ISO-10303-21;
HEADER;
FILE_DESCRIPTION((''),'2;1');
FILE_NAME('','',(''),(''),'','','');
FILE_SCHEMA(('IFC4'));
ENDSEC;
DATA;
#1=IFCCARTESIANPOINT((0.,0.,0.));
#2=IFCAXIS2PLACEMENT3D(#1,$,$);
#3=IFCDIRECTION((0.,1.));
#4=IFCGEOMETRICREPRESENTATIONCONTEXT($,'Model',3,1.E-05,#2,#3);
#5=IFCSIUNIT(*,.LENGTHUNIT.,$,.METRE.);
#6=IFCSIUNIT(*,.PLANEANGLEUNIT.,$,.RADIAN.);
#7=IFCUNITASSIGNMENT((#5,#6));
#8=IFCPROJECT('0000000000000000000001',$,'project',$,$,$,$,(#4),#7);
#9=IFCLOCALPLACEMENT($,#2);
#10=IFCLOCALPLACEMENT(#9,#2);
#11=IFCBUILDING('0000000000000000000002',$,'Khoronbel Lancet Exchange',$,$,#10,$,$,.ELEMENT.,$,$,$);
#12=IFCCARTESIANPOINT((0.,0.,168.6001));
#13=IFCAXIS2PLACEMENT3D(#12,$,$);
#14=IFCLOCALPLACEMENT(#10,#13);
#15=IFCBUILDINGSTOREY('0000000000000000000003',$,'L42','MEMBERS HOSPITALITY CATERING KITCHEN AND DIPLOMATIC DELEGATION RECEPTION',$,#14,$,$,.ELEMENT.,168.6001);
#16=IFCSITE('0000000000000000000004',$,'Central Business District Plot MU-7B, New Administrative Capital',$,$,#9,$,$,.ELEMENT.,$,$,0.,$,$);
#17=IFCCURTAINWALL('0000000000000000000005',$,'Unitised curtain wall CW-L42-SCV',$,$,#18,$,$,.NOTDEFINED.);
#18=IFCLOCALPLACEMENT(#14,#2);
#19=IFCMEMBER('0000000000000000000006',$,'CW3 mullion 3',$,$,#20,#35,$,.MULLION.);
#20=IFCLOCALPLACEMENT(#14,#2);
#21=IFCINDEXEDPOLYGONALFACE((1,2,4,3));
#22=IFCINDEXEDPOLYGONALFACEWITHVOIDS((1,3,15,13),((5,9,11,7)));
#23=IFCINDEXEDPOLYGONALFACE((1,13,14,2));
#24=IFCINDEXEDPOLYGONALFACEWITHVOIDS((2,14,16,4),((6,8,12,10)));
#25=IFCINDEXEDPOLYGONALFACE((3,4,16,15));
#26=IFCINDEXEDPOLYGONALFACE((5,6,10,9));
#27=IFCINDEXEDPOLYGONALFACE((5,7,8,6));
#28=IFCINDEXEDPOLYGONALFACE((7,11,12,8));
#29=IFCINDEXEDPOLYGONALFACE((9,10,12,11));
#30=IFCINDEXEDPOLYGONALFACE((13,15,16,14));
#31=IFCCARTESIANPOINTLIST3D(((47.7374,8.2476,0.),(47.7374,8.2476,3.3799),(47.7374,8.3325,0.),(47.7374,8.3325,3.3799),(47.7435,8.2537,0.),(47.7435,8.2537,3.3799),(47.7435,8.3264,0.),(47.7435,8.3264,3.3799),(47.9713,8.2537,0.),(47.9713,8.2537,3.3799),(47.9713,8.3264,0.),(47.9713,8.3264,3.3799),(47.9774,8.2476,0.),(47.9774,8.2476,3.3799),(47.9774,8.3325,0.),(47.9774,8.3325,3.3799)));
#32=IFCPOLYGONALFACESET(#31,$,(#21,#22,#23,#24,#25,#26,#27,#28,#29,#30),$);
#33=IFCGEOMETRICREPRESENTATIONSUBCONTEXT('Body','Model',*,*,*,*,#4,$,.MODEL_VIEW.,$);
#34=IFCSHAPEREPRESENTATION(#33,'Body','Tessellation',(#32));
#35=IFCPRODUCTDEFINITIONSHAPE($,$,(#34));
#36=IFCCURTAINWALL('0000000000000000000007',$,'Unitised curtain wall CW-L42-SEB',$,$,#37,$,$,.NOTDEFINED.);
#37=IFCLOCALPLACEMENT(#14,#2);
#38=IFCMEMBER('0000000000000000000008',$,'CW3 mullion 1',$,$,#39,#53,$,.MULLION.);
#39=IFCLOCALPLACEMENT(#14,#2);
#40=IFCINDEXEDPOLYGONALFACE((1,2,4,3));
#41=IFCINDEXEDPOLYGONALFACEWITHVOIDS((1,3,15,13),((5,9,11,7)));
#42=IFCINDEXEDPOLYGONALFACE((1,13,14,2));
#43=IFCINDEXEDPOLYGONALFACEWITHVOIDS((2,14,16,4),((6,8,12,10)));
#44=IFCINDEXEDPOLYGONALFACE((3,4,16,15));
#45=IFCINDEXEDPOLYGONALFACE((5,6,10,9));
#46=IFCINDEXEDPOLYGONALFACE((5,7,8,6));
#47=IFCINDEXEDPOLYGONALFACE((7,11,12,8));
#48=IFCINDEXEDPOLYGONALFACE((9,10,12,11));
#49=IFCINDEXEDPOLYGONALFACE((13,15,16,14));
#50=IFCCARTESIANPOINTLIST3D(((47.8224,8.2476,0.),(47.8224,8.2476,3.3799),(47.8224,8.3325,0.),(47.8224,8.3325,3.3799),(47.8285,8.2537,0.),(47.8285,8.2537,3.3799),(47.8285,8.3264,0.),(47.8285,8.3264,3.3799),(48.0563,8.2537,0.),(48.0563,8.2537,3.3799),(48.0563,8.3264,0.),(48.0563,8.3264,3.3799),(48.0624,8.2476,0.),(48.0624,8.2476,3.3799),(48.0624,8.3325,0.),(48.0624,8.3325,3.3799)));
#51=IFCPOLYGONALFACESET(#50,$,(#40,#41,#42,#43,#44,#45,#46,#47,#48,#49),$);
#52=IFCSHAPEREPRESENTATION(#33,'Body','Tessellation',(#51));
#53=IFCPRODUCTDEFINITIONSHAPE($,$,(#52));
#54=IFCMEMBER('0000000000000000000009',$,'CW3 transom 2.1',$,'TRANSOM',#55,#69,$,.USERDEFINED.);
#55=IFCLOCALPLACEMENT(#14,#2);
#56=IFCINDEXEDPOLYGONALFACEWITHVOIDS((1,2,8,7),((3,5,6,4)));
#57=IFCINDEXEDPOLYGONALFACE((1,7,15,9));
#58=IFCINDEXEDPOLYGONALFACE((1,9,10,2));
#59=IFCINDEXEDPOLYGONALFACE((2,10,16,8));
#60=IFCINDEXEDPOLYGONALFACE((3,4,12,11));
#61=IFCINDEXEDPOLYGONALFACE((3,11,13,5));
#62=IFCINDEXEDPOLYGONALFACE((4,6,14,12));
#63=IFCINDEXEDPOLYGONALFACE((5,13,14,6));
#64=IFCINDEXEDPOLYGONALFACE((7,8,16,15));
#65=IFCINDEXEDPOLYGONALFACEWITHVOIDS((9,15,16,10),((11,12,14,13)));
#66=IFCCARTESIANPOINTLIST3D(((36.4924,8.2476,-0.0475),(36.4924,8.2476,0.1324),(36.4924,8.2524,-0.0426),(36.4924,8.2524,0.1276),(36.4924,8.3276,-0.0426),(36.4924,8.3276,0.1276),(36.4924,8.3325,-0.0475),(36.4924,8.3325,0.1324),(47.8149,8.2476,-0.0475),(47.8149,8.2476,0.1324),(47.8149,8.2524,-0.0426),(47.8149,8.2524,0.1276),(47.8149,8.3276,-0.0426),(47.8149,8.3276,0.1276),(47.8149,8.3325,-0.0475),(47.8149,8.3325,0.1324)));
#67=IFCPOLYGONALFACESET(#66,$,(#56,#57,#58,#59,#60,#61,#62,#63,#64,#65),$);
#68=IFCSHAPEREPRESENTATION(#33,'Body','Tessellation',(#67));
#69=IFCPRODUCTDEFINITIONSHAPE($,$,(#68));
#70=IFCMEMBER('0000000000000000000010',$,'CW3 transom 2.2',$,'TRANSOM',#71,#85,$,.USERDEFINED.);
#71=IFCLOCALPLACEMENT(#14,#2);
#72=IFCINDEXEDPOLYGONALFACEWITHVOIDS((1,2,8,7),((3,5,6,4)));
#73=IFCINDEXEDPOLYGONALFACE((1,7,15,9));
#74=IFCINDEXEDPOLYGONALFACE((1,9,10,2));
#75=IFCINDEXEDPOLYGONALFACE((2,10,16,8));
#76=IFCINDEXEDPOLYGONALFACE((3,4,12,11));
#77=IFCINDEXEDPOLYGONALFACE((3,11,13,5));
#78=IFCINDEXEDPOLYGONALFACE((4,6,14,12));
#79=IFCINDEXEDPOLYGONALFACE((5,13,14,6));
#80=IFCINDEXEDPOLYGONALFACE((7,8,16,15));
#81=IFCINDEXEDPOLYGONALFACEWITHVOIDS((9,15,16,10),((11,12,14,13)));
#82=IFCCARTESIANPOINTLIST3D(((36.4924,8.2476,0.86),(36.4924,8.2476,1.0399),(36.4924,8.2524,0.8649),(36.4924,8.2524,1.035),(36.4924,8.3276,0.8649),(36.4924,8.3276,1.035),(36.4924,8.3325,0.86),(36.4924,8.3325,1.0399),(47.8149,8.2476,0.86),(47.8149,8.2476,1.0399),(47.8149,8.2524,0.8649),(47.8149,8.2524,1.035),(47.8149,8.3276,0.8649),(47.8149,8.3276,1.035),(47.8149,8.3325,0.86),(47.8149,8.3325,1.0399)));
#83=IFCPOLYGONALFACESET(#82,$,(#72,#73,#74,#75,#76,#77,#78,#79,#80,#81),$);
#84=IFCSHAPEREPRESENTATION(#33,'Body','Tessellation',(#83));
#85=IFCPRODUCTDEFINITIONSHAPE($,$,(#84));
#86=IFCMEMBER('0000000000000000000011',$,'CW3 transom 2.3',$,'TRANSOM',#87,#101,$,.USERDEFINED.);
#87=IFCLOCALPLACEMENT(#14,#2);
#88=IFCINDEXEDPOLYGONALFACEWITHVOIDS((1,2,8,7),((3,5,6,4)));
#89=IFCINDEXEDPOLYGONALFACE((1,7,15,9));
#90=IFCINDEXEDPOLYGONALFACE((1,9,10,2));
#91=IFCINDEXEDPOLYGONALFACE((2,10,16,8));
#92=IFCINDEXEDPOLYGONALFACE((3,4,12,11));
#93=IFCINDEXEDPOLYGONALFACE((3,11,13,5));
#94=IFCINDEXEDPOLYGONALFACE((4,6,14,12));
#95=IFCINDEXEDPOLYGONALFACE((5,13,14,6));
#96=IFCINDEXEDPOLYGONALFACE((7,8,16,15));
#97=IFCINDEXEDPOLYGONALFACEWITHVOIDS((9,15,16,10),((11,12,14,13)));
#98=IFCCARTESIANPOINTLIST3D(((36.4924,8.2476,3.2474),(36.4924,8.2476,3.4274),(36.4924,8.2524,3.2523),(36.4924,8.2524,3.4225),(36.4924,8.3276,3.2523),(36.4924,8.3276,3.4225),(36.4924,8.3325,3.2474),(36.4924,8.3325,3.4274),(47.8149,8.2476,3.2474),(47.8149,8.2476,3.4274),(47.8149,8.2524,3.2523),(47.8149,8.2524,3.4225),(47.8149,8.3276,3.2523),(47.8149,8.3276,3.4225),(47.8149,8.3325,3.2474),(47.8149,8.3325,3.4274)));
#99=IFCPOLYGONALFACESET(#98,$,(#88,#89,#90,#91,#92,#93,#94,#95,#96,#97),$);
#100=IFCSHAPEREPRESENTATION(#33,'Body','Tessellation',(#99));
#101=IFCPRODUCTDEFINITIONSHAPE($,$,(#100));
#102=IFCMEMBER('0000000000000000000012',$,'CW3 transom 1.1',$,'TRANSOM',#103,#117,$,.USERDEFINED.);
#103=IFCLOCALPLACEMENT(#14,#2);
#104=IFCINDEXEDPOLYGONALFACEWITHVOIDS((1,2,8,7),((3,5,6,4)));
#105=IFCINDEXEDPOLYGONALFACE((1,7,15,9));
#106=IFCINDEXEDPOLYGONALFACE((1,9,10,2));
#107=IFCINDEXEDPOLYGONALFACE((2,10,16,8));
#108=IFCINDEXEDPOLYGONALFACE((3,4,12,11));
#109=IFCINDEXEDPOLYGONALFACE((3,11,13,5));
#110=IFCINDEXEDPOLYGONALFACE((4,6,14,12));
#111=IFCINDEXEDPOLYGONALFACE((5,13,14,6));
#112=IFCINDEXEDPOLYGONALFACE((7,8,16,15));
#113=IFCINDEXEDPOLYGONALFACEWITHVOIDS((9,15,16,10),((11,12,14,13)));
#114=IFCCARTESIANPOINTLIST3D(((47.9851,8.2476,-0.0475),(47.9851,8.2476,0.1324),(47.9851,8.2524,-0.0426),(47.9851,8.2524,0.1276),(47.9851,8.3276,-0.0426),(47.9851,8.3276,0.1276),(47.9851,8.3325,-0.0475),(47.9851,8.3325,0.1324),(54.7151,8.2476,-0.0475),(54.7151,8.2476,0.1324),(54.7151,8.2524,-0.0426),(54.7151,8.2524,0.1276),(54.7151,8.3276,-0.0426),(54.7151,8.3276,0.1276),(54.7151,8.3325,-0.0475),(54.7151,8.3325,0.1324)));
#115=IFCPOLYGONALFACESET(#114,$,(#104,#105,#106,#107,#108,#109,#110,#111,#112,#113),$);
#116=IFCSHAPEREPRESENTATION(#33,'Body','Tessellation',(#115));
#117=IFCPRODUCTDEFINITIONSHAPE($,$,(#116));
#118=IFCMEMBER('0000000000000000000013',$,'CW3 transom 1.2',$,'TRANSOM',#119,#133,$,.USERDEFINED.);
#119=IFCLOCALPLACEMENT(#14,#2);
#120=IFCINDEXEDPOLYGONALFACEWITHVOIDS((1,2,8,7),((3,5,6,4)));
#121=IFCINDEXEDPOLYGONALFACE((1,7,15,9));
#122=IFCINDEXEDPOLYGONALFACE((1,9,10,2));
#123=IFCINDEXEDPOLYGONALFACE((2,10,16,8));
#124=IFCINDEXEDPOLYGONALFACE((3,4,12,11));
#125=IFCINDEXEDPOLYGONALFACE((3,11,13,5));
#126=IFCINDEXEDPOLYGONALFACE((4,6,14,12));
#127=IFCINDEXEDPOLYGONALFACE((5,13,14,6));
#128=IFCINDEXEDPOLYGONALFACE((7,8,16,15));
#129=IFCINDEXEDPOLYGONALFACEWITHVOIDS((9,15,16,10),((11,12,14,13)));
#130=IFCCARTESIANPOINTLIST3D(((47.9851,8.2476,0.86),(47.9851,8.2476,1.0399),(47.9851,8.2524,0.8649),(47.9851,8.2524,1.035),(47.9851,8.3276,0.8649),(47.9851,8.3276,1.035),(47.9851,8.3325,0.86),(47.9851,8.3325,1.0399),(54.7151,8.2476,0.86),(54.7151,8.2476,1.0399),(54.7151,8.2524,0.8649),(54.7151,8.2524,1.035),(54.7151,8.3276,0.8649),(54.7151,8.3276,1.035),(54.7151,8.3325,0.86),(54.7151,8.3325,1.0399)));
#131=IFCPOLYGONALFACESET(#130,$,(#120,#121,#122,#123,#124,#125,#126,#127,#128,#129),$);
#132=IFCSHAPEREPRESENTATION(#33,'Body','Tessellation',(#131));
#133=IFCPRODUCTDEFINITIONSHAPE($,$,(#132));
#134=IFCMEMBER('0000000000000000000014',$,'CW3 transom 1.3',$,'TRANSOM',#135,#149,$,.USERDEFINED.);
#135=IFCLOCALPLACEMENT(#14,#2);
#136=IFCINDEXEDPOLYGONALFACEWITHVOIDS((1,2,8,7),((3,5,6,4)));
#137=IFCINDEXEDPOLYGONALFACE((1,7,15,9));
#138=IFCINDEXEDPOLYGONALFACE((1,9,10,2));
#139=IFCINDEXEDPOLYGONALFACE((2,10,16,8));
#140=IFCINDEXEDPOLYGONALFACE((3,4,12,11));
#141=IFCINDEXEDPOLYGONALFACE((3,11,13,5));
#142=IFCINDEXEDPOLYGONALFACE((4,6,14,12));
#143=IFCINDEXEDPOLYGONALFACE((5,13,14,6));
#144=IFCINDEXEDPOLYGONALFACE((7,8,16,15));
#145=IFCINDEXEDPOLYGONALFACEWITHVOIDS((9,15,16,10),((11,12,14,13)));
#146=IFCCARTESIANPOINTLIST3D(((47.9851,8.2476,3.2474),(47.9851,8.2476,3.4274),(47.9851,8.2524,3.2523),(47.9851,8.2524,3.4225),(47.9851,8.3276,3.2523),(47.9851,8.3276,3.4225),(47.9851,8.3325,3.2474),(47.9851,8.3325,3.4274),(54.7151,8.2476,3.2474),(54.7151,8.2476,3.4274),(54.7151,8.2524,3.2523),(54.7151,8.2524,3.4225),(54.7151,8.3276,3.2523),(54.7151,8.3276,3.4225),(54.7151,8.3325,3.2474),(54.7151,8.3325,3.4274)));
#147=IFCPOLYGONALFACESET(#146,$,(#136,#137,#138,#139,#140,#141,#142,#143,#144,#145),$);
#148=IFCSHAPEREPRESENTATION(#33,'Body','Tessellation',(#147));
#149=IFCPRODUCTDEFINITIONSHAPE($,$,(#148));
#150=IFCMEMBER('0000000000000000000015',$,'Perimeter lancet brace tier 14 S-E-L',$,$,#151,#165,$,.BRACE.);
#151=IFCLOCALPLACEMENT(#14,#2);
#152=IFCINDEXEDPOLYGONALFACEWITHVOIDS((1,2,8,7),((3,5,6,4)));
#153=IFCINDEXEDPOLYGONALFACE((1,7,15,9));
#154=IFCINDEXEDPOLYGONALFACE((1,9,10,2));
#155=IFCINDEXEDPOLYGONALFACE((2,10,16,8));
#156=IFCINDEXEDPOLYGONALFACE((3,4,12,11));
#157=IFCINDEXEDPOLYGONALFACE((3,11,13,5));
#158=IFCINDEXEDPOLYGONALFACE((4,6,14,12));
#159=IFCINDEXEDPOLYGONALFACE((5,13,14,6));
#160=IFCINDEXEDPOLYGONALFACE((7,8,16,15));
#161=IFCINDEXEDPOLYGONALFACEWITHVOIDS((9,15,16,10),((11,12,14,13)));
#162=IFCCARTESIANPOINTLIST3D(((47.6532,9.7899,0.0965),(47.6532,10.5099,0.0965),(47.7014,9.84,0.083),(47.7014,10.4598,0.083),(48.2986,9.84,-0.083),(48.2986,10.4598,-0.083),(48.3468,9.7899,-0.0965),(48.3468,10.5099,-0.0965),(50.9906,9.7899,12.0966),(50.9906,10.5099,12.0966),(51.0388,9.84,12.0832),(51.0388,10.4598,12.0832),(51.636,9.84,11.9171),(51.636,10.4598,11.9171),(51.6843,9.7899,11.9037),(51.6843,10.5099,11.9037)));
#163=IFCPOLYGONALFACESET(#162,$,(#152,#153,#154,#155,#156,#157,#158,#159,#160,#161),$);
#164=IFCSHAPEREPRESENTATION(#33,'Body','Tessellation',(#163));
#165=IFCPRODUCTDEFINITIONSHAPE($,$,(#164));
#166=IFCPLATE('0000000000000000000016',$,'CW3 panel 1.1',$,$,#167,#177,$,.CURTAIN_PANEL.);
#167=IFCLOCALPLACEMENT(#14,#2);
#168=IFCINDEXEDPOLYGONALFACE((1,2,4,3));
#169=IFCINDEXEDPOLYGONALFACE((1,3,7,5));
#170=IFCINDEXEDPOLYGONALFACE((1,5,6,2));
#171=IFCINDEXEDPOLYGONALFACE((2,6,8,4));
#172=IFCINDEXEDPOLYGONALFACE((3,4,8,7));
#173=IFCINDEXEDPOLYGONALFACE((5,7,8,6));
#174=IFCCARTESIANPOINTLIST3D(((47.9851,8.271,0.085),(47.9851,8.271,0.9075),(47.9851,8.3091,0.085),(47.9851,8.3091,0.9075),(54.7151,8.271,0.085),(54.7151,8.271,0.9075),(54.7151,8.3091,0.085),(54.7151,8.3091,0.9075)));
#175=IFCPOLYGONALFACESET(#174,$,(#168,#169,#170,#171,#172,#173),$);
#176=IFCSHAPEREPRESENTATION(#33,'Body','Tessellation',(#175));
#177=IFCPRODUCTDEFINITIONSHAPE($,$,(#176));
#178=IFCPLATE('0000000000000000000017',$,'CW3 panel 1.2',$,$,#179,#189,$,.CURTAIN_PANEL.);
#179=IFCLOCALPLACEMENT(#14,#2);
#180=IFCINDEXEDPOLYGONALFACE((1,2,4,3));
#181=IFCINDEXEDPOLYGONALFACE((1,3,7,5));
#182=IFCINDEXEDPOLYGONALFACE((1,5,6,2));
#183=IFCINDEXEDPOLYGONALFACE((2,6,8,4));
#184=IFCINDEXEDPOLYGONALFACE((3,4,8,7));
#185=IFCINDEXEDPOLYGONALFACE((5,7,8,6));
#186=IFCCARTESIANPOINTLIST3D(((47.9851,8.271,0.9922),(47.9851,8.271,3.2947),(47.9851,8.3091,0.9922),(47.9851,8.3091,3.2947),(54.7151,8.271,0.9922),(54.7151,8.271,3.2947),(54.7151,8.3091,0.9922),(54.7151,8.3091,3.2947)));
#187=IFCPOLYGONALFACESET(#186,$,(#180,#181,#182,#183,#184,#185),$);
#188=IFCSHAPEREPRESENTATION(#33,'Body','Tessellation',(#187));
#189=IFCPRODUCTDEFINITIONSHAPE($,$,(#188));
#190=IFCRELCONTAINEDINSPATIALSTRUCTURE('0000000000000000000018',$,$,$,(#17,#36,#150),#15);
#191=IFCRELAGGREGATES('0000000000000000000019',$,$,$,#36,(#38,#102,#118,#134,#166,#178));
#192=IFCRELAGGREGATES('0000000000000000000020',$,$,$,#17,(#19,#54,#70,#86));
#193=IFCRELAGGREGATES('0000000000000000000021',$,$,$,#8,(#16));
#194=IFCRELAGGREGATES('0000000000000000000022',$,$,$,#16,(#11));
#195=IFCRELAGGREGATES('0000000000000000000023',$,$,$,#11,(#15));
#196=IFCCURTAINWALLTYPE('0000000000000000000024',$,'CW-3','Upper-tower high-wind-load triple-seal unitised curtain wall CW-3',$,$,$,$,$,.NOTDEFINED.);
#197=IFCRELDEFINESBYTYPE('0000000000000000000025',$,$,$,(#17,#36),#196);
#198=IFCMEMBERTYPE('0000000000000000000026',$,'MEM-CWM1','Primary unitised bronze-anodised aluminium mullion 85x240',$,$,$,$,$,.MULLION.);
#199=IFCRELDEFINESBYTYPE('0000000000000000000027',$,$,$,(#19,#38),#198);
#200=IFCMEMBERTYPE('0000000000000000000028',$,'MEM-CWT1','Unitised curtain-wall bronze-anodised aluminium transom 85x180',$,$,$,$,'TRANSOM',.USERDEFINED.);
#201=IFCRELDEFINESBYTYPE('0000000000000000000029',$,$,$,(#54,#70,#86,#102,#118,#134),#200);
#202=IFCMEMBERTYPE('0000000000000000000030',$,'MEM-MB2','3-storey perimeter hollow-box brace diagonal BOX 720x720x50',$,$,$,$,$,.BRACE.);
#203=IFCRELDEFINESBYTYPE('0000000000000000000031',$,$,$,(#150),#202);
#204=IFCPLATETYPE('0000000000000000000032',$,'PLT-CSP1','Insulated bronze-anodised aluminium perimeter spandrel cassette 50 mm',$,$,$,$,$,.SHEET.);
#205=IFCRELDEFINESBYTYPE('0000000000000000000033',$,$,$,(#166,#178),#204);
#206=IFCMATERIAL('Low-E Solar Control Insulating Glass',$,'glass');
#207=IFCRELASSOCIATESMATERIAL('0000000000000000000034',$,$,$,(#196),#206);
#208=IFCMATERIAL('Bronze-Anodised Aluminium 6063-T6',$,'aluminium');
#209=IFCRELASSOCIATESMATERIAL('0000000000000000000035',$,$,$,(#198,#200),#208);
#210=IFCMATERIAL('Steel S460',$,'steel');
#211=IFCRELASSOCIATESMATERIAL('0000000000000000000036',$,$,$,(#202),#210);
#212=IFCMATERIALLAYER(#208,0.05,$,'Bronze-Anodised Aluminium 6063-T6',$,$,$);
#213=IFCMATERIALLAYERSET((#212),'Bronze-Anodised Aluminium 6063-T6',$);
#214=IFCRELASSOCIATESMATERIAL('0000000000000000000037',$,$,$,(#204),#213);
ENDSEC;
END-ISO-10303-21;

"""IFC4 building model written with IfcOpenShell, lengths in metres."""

from ifc_helpers import new_model, si_unit, direction, frame, origin, origin_2d, place, context, subcontext, project, spatial, rectangle, hollow_rectangle, extrude, material, layer, layer_set, material_profile, profile_set, type_object, element, aggregate, save


model = new_model("IFC4")

# Units and contexts
model_context = context("Model", 3, precision=1e-05, world=origin(), true_north=direction((0.0, 1.0)))
body_context = subcontext(model_context, "Body", "Model", "MODEL_VIEW")
ifc_project = project(units=[si_unit("LENGTHUNIT", "METRE"), si_unit("PLANEANGLEUNIT", "RADIAN")], contexts=[model_context])

# Site, building, storey
site_placement = place(None, origin())
site = spatial("IfcSite", under=ifc_project, at=site_placement, Name="Central Business District Plot MU-7B, New Administrative Capital", CompositionType="ELEMENT", RefElevation=0.0)
building_placement = place(site_placement, origin())
building = spatial("IfcBuilding", under=site, at=building_placement, Name="Khoronbel Lancet Exchange", CompositionType="ELEMENT")
storey_placement = place(building_placement, frame((0.0, 0.0, 168.6001)))
storey = spatial("IfcBuildingStorey", under=building, at=storey_placement, Name="L42", Description="MEMBERS HOSPITALITY CATERING KITCHEN AND DIPLOMATIC DELEGATION RECEPTION", CompositionType="ELEMENT", Elevation=168.6001)

# Shared definitions
ifc_material_1 = material(Name="Steel S460", Category="steel")

# Curtain wall, member
ifc_material_2 = material(Name="Low-E Solar Control Insulating Glass", Category="glass")
curtain_wall_type = type_object("IfcCurtainWallType", Name="CW-3", Description="Upper-tower high-wind-load triple-seal unitised curtain wall CW-3", PredefinedType="NOTDEFINED", material=ifc_material_2)
curtain_wall_1_placement = place(storey_placement, origin())
curtain_wall_1 = element("IfcCurtainWall", 1, at=curtain_wall_1_placement, inside=storey, type_object=curtain_wall_type, Name="Unitised curtain wall CW-L42-SCV", PredefinedType="NOTDEFINED")
ifc_material_3 = material(Name="Bronze-Anodised Aluminium 6063-T6", Category="aluminium")
ifc_material_profile_1 = material_profile(ifc_material_3, hollow_rectangle(XDim=0.085, YDim=0.24, WallThickness=0.0061, at=origin_2d()), Name="ALU MULLION 85x240")
ifc_profile_set_1 = profile_set([ifc_material_profile_1], Name="Bronze-Anodised Aluminium 6063-T6")
member_type_1 = type_object("IfcMemberType", Name="MEM-CWM1", Description="Primary unitised bronze-anodised aluminium mullion 85x240", PredefinedType="MULLION", material=ifc_profile_set_1)
member_1_placement = place(storey_placement, frame((47.8574, 8.29, 0.0), z_axis=(0.0, 0.0, 1.0), x_axis=(0.0, 1.0, 0.0)))
member_1 = element("IfcMember", 2, at=member_1_placement, type_object=member_type_1, Name="CW3 mullion 3", PredefinedType="MULLION", context=body_context, shape_type="SweptSolid", body=[
    extrude(hollow_rectangle(XDim=0.085, YDim=0.24, WallThickness=0.0061, at=origin_2d()), origin(), (0.0, 0.0, 1.0), 3.3799),
])

# Curtain wall, member
curtain_wall_2_placement = place(storey_placement, origin())
curtain_wall_2 = element("IfcCurtainWall", 3, at=curtain_wall_2_placement, inside=storey, type_object=curtain_wall_type, Name="Unitised curtain wall CW-L42-SEB", PredefinedType="NOTDEFINED")
member_2_placement = place(storey_placement, frame((47.9424, 8.29, 0.0), z_axis=(0.0, 0.0, 1.0), x_axis=(0.0, 1.0, 0.0)))
member_2 = element("IfcMember", 4, at=member_2_placement, type_object=member_type_1, Name="CW3 mullion 1", PredefinedType="MULLION", context=body_context, shape_type="SweptSolid", body=[
    extrude(hollow_rectangle(XDim=0.085, YDim=0.24, WallThickness=0.0061, at=origin_2d()), origin(), (0.0, 0.0, 1.0), 3.3799),
])

# Members
ifc_material_profile_2 = material_profile(ifc_material_3, hollow_rectangle(XDim=0.085, YDim=0.1799, WallThickness=0.0049, at=origin_2d()), Name="ALU TRANSOM 85x180")
ifc_profile_set_2 = profile_set([ifc_material_profile_2], Name="Bronze-Anodised Aluminium 6063-T6")
member_type_2 = type_object("IfcMemberType", Name="MEM-CWT1", Description="Unitised curtain-wall bronze-anodised aluminium transom 85x180", ElementType="TRANSOM", PredefinedType="USERDEFINED", material=ifc_profile_set_2)
member_3_placement = place(storey_placement, frame((36.4924, 8.29, 0.0425), z_axis=(1.0, 0.0, 0.0), x_axis=(0.0, 1.0, 0.0)))
member_3 = element("IfcMember", 5, at=member_3_placement, type_object=member_type_2, Name="CW3 transom 2.1", ObjectType="TRANSOM", PredefinedType="USERDEFINED", context=body_context, shape_type="SweptSolid", body=[
    extrude(hollow_rectangle(XDim=0.085, YDim=0.1799, WallThickness=0.0049, at=origin_2d()), origin(), (0.0, 0.0, 1.0), 11.3225),
])
member_4_placement = place(storey_placement, frame((36.4924, 8.29, 0.95), z_axis=(1.0, 0.0, 0.0), x_axis=(0.0, 1.0, 0.0)))
member_4 = element("IfcMember", 6, at=member_4_placement, type_object=member_type_2, Name="CW3 transom 2.2", ObjectType="TRANSOM", PredefinedType="USERDEFINED", context=body_context, shape_type="SweptSolid", body=[
    extrude(hollow_rectangle(XDim=0.085, YDim=0.1799, WallThickness=0.0049, at=origin_2d()), origin(), (0.0, 0.0, 1.0), 11.3225),
])
member_5_placement = place(storey_placement, frame((36.4924, 8.29, 3.3374), z_axis=(1.0, 0.0, 0.0), x_axis=(0.0, 1.0, 0.0)))
member_5 = element("IfcMember", 7, at=member_5_placement, type_object=member_type_2, Name="CW3 transom 2.3", ObjectType="TRANSOM", PredefinedType="USERDEFINED", context=body_context, shape_type="SweptSolid", body=[
    extrude(hollow_rectangle(XDim=0.085, YDim=0.1799, WallThickness=0.0049, at=origin_2d()), origin(), (0.0, 0.0, 1.0), 11.3225),
])
member_6_placement = place(storey_placement, frame((47.9851, 8.29, 0.0425), z_axis=(1.0, 0.0, 0.0), x_axis=(0.0, 1.0, 0.0)))
member_6 = element("IfcMember", 8, at=member_6_placement, type_object=member_type_2, Name="CW3 transom 1.1", ObjectType="TRANSOM", PredefinedType="USERDEFINED", context=body_context, shape_type="SweptSolid", body=[
    extrude(hollow_rectangle(XDim=0.085, YDim=0.1799, WallThickness=0.0049, at=origin_2d()), origin(), (0.0, 0.0, 1.0), 6.73),
])
member_7_placement = place(storey_placement, frame((47.9851, 8.29, 0.95), z_axis=(1.0, 0.0, 0.0), x_axis=(0.0, 1.0, 0.0)))
member_7 = element("IfcMember", 9, at=member_7_placement, type_object=member_type_2, Name="CW3 transom 1.2", ObjectType="TRANSOM", PredefinedType="USERDEFINED", context=body_context, shape_type="SweptSolid", body=[
    extrude(hollow_rectangle(XDim=0.085, YDim=0.1799, WallThickness=0.0049, at=origin_2d()), origin(), (0.0, 0.0, 1.0), 6.73),
])
member_8_placement = place(storey_placement, frame((47.9851, 8.29, 3.3374), z_axis=(1.0, 0.0, 0.0), x_axis=(0.0, 1.0, 0.0)))
member_8 = element("IfcMember", 10, at=member_8_placement, type_object=member_type_2, Name="CW3 transom 1.3", ObjectType="TRANSOM", PredefinedType="USERDEFINED", context=body_context, shape_type="SweptSolid", body=[
    extrude(hollow_rectangle(XDim=0.085, YDim=0.1799, WallThickness=0.0049, at=origin_2d()), origin(), (0.0, 0.0, 1.0), 6.73),
])
ifc_material_profile_3 = material_profile(ifc_material_1, hollow_rectangle(XDim=0.72, YDim=0.72, WallThickness=0.05, at=origin_2d()), Name="BOX 720x720x50")
ifc_profile_set_3 = profile_set([ifc_material_profile_3], Name="Steel S460")
member_type_3 = type_object("IfcMemberType", Name="MEM-MB2", Description="3-storey perimeter hollow-box brace diagonal BOX 720x720x50", PredefinedType="BRACE", material=ifc_profile_set_3)
member_9_placement = place(storey_placement, frame((48.0, 10.1499, 0.0), z_axis=(0.267947, 0.0, 0.963434), x_axis=(0.0, 1.0, 0.0)))
element("IfcMember", 11, at=member_9_placement, inside=storey, type_object=member_type_3, Name="Perimeter lancet brace tier 14 S-E-L", PredefinedType="BRACE", context=body_context, shape_type="SweptSolid", body=[
    extrude(hollow_rectangle(XDim=0.72, YDim=0.72, WallThickness=0.05, at=origin_2d()), origin(), (0.0, 0.0, 1.0), 12.4556),
])

# Plates
ifc_layer_1 = layer(ifc_material_3, 0.05, Name="Bronze-Anodised Aluminium 6063-T6")
ifc_layer_set_1 = layer_set([ifc_layer_1], Name="Bronze-Anodised Aluminium 6063-T6")
plate_type_1 = type_object("IfcPlateType", Name="PLT-CSP1", Description="Insulated bronze-anodised aluminium perimeter spandrel cassette 50 mm", PredefinedType="SHEET", material=ifc_layer_set_1)
plate_1_placement = place(storey_placement, frame((51.3501, 8.29, 0.085), z_axis=(0.0, 0.0, 1.0), x_axis=(1.0, 0.0, 0.0)))
plate_1 = element("IfcPlate", 12, at=plate_1_placement, type_object=plate_type_1, Name="CW3 panel 1.1", PredefinedType="CURTAIN_PANEL", context=body_context, shape_type="SweptSolid", body=[
    extrude(rectangle(XDim=6.73, YDim=0.0381, at=origin_2d()), origin(), (0.0, 0.0, 1.0), 0.8225),
])
plate_2_placement = place(storey_placement, frame((51.3501, 8.29, 0.9922), z_axis=(0.0, 0.0, 1.0), x_axis=(1.0, 0.0, 0.0)))
plate_2 = element("IfcPlate", 13, at=plate_2_placement, type_object=plate_type_1, Name="CW3 panel 1.2", PredefinedType="CURTAIN_PANEL", context=body_context, shape_type="SweptSolid", body=[
    extrude(rectangle(XDim=6.73, YDim=0.0381, at=origin_2d()), origin(), (0.0, 0.0, 1.0), 2.3025),
])
aggregate(curtain_wall_2, [member_2, member_6, member_7, member_8, plate_1, plate_2])
aggregate(curtain_wall_1, [member_1, member_3, member_4, member_5])

save(model, "model.ifc")
